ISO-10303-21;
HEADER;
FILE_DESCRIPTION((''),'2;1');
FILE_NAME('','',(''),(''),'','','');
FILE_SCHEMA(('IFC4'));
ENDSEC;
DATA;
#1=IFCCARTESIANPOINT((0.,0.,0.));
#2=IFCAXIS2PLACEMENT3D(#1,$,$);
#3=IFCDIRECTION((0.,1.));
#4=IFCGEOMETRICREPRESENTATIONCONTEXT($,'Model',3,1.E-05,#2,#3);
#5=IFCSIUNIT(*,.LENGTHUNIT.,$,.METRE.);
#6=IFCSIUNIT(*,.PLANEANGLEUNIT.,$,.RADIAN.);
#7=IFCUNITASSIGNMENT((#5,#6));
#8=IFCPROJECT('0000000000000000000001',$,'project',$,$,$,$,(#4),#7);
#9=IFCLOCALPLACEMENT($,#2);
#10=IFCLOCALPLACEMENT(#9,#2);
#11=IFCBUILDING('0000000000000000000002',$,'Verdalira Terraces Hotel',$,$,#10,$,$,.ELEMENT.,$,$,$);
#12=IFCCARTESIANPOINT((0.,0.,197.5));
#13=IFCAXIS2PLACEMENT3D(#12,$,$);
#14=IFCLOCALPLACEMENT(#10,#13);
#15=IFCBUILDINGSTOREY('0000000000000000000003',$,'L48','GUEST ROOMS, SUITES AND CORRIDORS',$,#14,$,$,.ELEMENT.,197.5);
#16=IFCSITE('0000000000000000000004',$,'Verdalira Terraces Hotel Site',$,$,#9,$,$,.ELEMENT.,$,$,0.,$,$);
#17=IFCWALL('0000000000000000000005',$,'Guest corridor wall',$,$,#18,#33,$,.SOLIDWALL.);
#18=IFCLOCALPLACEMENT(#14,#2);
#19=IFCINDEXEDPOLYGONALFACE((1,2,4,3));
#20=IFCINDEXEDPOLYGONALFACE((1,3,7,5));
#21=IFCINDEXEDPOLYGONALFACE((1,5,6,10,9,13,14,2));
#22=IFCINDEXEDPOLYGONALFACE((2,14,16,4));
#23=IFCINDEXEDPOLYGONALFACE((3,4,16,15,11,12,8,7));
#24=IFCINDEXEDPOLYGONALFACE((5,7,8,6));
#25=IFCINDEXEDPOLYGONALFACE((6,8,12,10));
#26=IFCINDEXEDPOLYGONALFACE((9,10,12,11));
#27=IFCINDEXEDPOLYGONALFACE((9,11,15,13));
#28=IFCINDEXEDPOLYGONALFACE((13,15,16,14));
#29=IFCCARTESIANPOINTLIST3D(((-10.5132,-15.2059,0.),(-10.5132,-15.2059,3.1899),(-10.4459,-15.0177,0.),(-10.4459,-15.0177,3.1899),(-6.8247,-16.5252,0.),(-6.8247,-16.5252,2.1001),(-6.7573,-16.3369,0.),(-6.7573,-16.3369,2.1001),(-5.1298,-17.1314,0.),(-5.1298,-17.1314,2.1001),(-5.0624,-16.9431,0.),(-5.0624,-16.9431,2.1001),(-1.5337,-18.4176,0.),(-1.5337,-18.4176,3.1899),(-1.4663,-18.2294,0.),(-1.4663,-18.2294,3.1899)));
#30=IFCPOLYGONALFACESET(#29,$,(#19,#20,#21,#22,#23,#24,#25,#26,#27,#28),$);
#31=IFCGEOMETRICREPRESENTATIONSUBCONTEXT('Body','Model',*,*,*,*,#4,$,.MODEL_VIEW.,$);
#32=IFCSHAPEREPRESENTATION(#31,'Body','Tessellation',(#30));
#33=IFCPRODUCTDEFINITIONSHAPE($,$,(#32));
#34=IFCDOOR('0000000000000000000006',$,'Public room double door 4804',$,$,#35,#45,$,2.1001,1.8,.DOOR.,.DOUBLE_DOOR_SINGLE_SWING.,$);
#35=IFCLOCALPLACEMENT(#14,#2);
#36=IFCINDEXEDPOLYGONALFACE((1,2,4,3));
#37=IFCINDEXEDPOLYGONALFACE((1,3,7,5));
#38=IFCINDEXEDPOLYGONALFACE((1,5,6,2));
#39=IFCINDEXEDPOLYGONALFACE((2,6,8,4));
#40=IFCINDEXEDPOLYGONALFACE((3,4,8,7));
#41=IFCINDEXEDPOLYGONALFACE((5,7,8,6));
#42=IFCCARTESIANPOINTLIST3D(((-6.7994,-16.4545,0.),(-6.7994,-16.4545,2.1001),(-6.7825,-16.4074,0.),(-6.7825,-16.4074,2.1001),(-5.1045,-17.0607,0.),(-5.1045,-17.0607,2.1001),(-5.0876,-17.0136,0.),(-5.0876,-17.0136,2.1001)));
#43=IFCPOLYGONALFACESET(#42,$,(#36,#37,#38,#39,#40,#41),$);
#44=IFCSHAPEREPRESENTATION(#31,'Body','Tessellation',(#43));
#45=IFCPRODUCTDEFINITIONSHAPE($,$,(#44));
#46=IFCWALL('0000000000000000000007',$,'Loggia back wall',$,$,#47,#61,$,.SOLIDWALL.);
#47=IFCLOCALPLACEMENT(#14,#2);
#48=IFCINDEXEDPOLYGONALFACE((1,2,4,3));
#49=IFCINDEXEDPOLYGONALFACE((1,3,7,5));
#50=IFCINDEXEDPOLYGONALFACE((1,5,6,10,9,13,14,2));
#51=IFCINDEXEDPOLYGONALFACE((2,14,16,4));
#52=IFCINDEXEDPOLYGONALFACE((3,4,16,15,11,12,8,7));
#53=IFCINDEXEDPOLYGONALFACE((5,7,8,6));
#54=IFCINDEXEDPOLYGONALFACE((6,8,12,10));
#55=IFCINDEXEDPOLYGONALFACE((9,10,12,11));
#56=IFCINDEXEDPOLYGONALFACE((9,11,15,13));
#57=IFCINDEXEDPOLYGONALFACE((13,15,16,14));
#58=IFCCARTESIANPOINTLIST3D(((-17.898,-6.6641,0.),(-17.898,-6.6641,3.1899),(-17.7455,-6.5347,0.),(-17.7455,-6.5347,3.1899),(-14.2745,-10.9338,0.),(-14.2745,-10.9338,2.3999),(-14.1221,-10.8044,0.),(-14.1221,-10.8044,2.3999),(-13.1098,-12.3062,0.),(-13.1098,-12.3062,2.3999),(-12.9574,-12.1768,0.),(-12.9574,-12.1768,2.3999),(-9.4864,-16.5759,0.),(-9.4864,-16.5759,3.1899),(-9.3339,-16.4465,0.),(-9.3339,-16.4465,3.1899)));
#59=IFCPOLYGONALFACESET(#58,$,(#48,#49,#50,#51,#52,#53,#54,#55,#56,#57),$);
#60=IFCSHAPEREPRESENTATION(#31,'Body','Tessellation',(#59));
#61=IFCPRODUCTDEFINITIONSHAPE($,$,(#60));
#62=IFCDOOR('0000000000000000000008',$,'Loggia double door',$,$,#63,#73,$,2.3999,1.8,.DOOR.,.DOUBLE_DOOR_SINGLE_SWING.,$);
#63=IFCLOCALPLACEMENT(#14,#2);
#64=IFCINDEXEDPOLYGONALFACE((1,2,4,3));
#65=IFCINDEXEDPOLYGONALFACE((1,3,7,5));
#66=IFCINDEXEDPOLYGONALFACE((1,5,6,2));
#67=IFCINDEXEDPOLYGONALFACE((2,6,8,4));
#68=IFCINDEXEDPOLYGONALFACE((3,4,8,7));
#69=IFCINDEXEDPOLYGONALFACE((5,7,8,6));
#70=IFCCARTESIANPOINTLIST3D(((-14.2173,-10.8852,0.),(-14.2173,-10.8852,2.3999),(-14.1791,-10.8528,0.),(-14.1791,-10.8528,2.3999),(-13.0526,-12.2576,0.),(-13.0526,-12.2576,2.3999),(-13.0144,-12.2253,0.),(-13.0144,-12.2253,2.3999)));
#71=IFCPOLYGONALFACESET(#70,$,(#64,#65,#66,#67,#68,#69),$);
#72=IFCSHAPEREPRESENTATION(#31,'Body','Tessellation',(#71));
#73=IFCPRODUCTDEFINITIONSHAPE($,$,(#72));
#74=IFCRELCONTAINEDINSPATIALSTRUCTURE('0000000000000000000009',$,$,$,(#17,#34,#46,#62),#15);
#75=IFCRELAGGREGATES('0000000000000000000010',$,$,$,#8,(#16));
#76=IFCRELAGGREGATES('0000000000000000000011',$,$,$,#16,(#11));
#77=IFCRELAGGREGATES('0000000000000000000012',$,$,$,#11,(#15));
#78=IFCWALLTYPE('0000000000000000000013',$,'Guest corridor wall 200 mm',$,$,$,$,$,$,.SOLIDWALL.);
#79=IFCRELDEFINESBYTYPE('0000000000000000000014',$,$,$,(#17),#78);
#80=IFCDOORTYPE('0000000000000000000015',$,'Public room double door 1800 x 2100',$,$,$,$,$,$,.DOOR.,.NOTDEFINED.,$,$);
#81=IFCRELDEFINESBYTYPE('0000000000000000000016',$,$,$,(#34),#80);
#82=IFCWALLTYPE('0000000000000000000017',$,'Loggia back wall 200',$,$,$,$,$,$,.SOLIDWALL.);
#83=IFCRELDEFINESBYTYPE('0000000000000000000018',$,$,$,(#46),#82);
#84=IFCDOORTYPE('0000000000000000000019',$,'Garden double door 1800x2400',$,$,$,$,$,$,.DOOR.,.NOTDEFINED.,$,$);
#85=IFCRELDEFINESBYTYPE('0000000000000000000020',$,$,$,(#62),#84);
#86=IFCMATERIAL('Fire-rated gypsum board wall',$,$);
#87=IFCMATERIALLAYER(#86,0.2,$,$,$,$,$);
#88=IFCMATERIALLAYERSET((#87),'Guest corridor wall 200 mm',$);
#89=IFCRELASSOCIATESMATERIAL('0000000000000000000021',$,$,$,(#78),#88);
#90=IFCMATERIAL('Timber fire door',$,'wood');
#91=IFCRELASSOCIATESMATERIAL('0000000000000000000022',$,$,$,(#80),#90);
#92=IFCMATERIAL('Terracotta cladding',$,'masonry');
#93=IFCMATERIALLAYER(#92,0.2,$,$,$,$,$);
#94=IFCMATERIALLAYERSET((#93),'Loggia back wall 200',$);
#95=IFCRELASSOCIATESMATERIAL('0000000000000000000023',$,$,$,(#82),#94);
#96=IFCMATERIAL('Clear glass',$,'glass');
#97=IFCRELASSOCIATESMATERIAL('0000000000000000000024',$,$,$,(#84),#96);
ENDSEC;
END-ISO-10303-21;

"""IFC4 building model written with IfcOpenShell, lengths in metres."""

from ifc_helpers import new_model, si_unit, direction, frame, frame_2d, origin, place, context, subcontext, project, spatial, rectangle, extrude, material, layer, layer_set, type_object, element, fill, save


model = new_model("IFC4")

# Units and contexts
model_context = context("Model", 3, precision=1e-05, world=origin(), true_north=direction((0.0, 1.0)))
body_context = subcontext(model_context, "Body", "Model", "MODEL_VIEW")
ifc_project = project(units=[si_unit("LENGTHUNIT", "METRE"), si_unit("PLANEANGLEUNIT", "RADIAN")], contexts=[model_context])

# Site, building, storey
site_placement = place(None, origin())
site = spatial("IfcSite", under=ifc_project, at=site_placement, Name="Verdalira Terraces Hotel Site", CompositionType="ELEMENT", RefElevation=0.0)
building_placement = place(site_placement, origin())
building = spatial("IfcBuilding", under=site, at=building_placement, Name="Verdalira Terraces Hotel", CompositionType="ELEMENT")
storey_placement = place(building_placement, frame((0.0, 0.0, 197.5)))
storey = spatial("IfcBuildingStorey", under=building, at=storey_placement, Name="L48", Description="GUEST ROOMS, SUITES AND CORRIDORS", CompositionType="ELEMENT", Elevation=197.5)

# Walls, openings, doors
ifc_material_1 = material(Name="Fire-rated gypsum board wall")
ifc_layer_1 = layer(ifc_material_1, 0.2)
ifc_layer_set_1 = layer_set([ifc_layer_1], Name="Guest corridor wall 200 mm")
wall_type_1 = type_object("IfcWallType", Name="Guest corridor wall 200 mm", PredefinedType="SOLIDWALL", material=ifc_layer_set_1)
wall_1_placement = place(storey_placement, frame((-1.5, -18.3235, 0.0), z_axis=(0.0, 0.0, 1.0), x_axis=(-0.941585, 0.336774, 0.0)))
wall_1 = element("IfcWall", 1, at=wall_1_placement, inside=storey, type_object=wall_type_1, Name="Guest corridor wall", PredefinedType="SOLIDWALL", context=body_context, shape_type="SweptSolid", body=[
    extrude(rectangle(XDim=9.5366, YDim=0.2, at=frame_2d((4.7683, 0.0))), origin(), (0.0, 0.0, 1.0), 3.1899),
])
opening_1_placement = place(wall_1_placement, frame((3.8193, 0.0, 0.0)))
opening_1 = element("IfcOpeningElement", 2, at=opening_1_placement, cuts=wall_1, PredefinedType="OPENING", context=body_context, shape_type="SweptSolid", body=[
    extrude(rectangle(XDim=1.8, YDim=2.1001, at=frame_2d((0.8999, 1.05))), frame((0.0, 0.1099, 0.0), z_axis=(0.0, -1.0, 0.0), x_axis=(1.0, 0.0, 0.0)), (0.0, 0.0, 1.0), 0.22),
])
ifc_material_2 = material(Name="Timber fire door", Category="wood")
door_type_1 = type_object("IfcDoorType", Name="Public room double door 1800 x 2100", OperationType="NOTDEFINED", PredefinedType="DOOR", material=ifc_material_2)
door_1_placement = place(opening_1_placement, origin())
door_1 = element("IfcDoor", 3, at=door_1_placement, inside=storey, type_object=door_type_1, Name="Public room double door 4804", OperationType="DOUBLE_DOOR_SINGLE_SWING", OverallHeight=2.1001, OverallWidth=1.8, PredefinedType="DOOR", context=body_context, shape_type="SweptSolid", body=[
    extrude(rectangle(XDim=1.8, YDim=2.1001, at=frame_2d((0.8999, 1.05))), frame((0.0, 0.0249, 0.0), z_axis=(0.0, -1.0, 0.0), x_axis=(1.0, 0.0, 0.0)), (0.0, 0.0, 1.0), 0.05),
])
fill(opening_1, door_1)
ifc_material_3 = material(Name="Terracotta cladding", Category="masonry")
ifc_layer_2 = layer(ifc_material_3, 0.2)
ifc_layer_set_2 = layer_set([ifc_layer_2], Name="Loggia back wall 200")
wall_type_2 = type_object("IfcWallType", Name="Loggia back wall 200", PredefinedType="SOLIDWALL", material=ifc_layer_set_2)
wall_2_placement = place(storey_placement, frame((-9.4102, -16.5112, 0.0), z_axis=(0.0, 0.0, 1.0), x_axis=(-0.647047, 0.76245, 0.0)))
wall_2 = element("IfcWall", 4, at=wall_2_placement, inside=storey, type_object=wall_type_2, Name="Loggia back wall", PredefinedType="SOLIDWALL", context=body_context, shape_type="SweptSolid", body=[
    extrude(rectangle(XDim=13.0, YDim=0.2, at=frame_2d((6.5, 0.0))), origin(), (0.0, 0.0, 1.0), 3.1899),
])
opening_2_placement = place(wall_2_placement, frame((5.6001, 0.0, 0.0)))
opening_2 = element("IfcOpeningElement", 5, at=opening_2_placement, cuts=wall_2, PredefinedType="OPENING", context=body_context, shape_type="SweptSolid", body=[
    extrude(rectangle(XDim=1.8, YDim=2.3999, at=frame_2d((0.8999, 1.2))), frame((0.0, 0.1099, 0.0), z_axis=(0.0, -1.0, 0.0), x_axis=(1.0, 0.0, 0.0)), (0.0, 0.0, 1.0), 0.22),
])
ifc_material_4 = material(Name="Clear glass", Category="glass")
door_type_2 = type_object("IfcDoorType", Name="Garden double door 1800x2400", OperationType="NOTDEFINED", PredefinedType="DOOR", material=ifc_material_4)
door_2_placement = place(opening_2_placement, origin())
door_2 = element("IfcDoor", 6, at=door_2_placement, inside=storey, type_object=door_type_2, Name="Loggia double door", OperationType="DOUBLE_DOOR_SINGLE_SWING", OverallHeight=2.3999, OverallWidth=1.8, PredefinedType="DOOR", context=body_context, shape_type="SweptSolid", body=[
    extrude(rectangle(XDim=1.8, YDim=2.3999, at=frame_2d((0.8999, 1.2))), frame((0.0, 0.0249, 0.0), z_axis=(0.0, -1.0, 0.0), x_axis=(1.0, 0.0, 0.0)), (0.0, 0.0, 1.0), 0.05),
])
fill(opening_2, door_2)

save(model, "model.ifc")
